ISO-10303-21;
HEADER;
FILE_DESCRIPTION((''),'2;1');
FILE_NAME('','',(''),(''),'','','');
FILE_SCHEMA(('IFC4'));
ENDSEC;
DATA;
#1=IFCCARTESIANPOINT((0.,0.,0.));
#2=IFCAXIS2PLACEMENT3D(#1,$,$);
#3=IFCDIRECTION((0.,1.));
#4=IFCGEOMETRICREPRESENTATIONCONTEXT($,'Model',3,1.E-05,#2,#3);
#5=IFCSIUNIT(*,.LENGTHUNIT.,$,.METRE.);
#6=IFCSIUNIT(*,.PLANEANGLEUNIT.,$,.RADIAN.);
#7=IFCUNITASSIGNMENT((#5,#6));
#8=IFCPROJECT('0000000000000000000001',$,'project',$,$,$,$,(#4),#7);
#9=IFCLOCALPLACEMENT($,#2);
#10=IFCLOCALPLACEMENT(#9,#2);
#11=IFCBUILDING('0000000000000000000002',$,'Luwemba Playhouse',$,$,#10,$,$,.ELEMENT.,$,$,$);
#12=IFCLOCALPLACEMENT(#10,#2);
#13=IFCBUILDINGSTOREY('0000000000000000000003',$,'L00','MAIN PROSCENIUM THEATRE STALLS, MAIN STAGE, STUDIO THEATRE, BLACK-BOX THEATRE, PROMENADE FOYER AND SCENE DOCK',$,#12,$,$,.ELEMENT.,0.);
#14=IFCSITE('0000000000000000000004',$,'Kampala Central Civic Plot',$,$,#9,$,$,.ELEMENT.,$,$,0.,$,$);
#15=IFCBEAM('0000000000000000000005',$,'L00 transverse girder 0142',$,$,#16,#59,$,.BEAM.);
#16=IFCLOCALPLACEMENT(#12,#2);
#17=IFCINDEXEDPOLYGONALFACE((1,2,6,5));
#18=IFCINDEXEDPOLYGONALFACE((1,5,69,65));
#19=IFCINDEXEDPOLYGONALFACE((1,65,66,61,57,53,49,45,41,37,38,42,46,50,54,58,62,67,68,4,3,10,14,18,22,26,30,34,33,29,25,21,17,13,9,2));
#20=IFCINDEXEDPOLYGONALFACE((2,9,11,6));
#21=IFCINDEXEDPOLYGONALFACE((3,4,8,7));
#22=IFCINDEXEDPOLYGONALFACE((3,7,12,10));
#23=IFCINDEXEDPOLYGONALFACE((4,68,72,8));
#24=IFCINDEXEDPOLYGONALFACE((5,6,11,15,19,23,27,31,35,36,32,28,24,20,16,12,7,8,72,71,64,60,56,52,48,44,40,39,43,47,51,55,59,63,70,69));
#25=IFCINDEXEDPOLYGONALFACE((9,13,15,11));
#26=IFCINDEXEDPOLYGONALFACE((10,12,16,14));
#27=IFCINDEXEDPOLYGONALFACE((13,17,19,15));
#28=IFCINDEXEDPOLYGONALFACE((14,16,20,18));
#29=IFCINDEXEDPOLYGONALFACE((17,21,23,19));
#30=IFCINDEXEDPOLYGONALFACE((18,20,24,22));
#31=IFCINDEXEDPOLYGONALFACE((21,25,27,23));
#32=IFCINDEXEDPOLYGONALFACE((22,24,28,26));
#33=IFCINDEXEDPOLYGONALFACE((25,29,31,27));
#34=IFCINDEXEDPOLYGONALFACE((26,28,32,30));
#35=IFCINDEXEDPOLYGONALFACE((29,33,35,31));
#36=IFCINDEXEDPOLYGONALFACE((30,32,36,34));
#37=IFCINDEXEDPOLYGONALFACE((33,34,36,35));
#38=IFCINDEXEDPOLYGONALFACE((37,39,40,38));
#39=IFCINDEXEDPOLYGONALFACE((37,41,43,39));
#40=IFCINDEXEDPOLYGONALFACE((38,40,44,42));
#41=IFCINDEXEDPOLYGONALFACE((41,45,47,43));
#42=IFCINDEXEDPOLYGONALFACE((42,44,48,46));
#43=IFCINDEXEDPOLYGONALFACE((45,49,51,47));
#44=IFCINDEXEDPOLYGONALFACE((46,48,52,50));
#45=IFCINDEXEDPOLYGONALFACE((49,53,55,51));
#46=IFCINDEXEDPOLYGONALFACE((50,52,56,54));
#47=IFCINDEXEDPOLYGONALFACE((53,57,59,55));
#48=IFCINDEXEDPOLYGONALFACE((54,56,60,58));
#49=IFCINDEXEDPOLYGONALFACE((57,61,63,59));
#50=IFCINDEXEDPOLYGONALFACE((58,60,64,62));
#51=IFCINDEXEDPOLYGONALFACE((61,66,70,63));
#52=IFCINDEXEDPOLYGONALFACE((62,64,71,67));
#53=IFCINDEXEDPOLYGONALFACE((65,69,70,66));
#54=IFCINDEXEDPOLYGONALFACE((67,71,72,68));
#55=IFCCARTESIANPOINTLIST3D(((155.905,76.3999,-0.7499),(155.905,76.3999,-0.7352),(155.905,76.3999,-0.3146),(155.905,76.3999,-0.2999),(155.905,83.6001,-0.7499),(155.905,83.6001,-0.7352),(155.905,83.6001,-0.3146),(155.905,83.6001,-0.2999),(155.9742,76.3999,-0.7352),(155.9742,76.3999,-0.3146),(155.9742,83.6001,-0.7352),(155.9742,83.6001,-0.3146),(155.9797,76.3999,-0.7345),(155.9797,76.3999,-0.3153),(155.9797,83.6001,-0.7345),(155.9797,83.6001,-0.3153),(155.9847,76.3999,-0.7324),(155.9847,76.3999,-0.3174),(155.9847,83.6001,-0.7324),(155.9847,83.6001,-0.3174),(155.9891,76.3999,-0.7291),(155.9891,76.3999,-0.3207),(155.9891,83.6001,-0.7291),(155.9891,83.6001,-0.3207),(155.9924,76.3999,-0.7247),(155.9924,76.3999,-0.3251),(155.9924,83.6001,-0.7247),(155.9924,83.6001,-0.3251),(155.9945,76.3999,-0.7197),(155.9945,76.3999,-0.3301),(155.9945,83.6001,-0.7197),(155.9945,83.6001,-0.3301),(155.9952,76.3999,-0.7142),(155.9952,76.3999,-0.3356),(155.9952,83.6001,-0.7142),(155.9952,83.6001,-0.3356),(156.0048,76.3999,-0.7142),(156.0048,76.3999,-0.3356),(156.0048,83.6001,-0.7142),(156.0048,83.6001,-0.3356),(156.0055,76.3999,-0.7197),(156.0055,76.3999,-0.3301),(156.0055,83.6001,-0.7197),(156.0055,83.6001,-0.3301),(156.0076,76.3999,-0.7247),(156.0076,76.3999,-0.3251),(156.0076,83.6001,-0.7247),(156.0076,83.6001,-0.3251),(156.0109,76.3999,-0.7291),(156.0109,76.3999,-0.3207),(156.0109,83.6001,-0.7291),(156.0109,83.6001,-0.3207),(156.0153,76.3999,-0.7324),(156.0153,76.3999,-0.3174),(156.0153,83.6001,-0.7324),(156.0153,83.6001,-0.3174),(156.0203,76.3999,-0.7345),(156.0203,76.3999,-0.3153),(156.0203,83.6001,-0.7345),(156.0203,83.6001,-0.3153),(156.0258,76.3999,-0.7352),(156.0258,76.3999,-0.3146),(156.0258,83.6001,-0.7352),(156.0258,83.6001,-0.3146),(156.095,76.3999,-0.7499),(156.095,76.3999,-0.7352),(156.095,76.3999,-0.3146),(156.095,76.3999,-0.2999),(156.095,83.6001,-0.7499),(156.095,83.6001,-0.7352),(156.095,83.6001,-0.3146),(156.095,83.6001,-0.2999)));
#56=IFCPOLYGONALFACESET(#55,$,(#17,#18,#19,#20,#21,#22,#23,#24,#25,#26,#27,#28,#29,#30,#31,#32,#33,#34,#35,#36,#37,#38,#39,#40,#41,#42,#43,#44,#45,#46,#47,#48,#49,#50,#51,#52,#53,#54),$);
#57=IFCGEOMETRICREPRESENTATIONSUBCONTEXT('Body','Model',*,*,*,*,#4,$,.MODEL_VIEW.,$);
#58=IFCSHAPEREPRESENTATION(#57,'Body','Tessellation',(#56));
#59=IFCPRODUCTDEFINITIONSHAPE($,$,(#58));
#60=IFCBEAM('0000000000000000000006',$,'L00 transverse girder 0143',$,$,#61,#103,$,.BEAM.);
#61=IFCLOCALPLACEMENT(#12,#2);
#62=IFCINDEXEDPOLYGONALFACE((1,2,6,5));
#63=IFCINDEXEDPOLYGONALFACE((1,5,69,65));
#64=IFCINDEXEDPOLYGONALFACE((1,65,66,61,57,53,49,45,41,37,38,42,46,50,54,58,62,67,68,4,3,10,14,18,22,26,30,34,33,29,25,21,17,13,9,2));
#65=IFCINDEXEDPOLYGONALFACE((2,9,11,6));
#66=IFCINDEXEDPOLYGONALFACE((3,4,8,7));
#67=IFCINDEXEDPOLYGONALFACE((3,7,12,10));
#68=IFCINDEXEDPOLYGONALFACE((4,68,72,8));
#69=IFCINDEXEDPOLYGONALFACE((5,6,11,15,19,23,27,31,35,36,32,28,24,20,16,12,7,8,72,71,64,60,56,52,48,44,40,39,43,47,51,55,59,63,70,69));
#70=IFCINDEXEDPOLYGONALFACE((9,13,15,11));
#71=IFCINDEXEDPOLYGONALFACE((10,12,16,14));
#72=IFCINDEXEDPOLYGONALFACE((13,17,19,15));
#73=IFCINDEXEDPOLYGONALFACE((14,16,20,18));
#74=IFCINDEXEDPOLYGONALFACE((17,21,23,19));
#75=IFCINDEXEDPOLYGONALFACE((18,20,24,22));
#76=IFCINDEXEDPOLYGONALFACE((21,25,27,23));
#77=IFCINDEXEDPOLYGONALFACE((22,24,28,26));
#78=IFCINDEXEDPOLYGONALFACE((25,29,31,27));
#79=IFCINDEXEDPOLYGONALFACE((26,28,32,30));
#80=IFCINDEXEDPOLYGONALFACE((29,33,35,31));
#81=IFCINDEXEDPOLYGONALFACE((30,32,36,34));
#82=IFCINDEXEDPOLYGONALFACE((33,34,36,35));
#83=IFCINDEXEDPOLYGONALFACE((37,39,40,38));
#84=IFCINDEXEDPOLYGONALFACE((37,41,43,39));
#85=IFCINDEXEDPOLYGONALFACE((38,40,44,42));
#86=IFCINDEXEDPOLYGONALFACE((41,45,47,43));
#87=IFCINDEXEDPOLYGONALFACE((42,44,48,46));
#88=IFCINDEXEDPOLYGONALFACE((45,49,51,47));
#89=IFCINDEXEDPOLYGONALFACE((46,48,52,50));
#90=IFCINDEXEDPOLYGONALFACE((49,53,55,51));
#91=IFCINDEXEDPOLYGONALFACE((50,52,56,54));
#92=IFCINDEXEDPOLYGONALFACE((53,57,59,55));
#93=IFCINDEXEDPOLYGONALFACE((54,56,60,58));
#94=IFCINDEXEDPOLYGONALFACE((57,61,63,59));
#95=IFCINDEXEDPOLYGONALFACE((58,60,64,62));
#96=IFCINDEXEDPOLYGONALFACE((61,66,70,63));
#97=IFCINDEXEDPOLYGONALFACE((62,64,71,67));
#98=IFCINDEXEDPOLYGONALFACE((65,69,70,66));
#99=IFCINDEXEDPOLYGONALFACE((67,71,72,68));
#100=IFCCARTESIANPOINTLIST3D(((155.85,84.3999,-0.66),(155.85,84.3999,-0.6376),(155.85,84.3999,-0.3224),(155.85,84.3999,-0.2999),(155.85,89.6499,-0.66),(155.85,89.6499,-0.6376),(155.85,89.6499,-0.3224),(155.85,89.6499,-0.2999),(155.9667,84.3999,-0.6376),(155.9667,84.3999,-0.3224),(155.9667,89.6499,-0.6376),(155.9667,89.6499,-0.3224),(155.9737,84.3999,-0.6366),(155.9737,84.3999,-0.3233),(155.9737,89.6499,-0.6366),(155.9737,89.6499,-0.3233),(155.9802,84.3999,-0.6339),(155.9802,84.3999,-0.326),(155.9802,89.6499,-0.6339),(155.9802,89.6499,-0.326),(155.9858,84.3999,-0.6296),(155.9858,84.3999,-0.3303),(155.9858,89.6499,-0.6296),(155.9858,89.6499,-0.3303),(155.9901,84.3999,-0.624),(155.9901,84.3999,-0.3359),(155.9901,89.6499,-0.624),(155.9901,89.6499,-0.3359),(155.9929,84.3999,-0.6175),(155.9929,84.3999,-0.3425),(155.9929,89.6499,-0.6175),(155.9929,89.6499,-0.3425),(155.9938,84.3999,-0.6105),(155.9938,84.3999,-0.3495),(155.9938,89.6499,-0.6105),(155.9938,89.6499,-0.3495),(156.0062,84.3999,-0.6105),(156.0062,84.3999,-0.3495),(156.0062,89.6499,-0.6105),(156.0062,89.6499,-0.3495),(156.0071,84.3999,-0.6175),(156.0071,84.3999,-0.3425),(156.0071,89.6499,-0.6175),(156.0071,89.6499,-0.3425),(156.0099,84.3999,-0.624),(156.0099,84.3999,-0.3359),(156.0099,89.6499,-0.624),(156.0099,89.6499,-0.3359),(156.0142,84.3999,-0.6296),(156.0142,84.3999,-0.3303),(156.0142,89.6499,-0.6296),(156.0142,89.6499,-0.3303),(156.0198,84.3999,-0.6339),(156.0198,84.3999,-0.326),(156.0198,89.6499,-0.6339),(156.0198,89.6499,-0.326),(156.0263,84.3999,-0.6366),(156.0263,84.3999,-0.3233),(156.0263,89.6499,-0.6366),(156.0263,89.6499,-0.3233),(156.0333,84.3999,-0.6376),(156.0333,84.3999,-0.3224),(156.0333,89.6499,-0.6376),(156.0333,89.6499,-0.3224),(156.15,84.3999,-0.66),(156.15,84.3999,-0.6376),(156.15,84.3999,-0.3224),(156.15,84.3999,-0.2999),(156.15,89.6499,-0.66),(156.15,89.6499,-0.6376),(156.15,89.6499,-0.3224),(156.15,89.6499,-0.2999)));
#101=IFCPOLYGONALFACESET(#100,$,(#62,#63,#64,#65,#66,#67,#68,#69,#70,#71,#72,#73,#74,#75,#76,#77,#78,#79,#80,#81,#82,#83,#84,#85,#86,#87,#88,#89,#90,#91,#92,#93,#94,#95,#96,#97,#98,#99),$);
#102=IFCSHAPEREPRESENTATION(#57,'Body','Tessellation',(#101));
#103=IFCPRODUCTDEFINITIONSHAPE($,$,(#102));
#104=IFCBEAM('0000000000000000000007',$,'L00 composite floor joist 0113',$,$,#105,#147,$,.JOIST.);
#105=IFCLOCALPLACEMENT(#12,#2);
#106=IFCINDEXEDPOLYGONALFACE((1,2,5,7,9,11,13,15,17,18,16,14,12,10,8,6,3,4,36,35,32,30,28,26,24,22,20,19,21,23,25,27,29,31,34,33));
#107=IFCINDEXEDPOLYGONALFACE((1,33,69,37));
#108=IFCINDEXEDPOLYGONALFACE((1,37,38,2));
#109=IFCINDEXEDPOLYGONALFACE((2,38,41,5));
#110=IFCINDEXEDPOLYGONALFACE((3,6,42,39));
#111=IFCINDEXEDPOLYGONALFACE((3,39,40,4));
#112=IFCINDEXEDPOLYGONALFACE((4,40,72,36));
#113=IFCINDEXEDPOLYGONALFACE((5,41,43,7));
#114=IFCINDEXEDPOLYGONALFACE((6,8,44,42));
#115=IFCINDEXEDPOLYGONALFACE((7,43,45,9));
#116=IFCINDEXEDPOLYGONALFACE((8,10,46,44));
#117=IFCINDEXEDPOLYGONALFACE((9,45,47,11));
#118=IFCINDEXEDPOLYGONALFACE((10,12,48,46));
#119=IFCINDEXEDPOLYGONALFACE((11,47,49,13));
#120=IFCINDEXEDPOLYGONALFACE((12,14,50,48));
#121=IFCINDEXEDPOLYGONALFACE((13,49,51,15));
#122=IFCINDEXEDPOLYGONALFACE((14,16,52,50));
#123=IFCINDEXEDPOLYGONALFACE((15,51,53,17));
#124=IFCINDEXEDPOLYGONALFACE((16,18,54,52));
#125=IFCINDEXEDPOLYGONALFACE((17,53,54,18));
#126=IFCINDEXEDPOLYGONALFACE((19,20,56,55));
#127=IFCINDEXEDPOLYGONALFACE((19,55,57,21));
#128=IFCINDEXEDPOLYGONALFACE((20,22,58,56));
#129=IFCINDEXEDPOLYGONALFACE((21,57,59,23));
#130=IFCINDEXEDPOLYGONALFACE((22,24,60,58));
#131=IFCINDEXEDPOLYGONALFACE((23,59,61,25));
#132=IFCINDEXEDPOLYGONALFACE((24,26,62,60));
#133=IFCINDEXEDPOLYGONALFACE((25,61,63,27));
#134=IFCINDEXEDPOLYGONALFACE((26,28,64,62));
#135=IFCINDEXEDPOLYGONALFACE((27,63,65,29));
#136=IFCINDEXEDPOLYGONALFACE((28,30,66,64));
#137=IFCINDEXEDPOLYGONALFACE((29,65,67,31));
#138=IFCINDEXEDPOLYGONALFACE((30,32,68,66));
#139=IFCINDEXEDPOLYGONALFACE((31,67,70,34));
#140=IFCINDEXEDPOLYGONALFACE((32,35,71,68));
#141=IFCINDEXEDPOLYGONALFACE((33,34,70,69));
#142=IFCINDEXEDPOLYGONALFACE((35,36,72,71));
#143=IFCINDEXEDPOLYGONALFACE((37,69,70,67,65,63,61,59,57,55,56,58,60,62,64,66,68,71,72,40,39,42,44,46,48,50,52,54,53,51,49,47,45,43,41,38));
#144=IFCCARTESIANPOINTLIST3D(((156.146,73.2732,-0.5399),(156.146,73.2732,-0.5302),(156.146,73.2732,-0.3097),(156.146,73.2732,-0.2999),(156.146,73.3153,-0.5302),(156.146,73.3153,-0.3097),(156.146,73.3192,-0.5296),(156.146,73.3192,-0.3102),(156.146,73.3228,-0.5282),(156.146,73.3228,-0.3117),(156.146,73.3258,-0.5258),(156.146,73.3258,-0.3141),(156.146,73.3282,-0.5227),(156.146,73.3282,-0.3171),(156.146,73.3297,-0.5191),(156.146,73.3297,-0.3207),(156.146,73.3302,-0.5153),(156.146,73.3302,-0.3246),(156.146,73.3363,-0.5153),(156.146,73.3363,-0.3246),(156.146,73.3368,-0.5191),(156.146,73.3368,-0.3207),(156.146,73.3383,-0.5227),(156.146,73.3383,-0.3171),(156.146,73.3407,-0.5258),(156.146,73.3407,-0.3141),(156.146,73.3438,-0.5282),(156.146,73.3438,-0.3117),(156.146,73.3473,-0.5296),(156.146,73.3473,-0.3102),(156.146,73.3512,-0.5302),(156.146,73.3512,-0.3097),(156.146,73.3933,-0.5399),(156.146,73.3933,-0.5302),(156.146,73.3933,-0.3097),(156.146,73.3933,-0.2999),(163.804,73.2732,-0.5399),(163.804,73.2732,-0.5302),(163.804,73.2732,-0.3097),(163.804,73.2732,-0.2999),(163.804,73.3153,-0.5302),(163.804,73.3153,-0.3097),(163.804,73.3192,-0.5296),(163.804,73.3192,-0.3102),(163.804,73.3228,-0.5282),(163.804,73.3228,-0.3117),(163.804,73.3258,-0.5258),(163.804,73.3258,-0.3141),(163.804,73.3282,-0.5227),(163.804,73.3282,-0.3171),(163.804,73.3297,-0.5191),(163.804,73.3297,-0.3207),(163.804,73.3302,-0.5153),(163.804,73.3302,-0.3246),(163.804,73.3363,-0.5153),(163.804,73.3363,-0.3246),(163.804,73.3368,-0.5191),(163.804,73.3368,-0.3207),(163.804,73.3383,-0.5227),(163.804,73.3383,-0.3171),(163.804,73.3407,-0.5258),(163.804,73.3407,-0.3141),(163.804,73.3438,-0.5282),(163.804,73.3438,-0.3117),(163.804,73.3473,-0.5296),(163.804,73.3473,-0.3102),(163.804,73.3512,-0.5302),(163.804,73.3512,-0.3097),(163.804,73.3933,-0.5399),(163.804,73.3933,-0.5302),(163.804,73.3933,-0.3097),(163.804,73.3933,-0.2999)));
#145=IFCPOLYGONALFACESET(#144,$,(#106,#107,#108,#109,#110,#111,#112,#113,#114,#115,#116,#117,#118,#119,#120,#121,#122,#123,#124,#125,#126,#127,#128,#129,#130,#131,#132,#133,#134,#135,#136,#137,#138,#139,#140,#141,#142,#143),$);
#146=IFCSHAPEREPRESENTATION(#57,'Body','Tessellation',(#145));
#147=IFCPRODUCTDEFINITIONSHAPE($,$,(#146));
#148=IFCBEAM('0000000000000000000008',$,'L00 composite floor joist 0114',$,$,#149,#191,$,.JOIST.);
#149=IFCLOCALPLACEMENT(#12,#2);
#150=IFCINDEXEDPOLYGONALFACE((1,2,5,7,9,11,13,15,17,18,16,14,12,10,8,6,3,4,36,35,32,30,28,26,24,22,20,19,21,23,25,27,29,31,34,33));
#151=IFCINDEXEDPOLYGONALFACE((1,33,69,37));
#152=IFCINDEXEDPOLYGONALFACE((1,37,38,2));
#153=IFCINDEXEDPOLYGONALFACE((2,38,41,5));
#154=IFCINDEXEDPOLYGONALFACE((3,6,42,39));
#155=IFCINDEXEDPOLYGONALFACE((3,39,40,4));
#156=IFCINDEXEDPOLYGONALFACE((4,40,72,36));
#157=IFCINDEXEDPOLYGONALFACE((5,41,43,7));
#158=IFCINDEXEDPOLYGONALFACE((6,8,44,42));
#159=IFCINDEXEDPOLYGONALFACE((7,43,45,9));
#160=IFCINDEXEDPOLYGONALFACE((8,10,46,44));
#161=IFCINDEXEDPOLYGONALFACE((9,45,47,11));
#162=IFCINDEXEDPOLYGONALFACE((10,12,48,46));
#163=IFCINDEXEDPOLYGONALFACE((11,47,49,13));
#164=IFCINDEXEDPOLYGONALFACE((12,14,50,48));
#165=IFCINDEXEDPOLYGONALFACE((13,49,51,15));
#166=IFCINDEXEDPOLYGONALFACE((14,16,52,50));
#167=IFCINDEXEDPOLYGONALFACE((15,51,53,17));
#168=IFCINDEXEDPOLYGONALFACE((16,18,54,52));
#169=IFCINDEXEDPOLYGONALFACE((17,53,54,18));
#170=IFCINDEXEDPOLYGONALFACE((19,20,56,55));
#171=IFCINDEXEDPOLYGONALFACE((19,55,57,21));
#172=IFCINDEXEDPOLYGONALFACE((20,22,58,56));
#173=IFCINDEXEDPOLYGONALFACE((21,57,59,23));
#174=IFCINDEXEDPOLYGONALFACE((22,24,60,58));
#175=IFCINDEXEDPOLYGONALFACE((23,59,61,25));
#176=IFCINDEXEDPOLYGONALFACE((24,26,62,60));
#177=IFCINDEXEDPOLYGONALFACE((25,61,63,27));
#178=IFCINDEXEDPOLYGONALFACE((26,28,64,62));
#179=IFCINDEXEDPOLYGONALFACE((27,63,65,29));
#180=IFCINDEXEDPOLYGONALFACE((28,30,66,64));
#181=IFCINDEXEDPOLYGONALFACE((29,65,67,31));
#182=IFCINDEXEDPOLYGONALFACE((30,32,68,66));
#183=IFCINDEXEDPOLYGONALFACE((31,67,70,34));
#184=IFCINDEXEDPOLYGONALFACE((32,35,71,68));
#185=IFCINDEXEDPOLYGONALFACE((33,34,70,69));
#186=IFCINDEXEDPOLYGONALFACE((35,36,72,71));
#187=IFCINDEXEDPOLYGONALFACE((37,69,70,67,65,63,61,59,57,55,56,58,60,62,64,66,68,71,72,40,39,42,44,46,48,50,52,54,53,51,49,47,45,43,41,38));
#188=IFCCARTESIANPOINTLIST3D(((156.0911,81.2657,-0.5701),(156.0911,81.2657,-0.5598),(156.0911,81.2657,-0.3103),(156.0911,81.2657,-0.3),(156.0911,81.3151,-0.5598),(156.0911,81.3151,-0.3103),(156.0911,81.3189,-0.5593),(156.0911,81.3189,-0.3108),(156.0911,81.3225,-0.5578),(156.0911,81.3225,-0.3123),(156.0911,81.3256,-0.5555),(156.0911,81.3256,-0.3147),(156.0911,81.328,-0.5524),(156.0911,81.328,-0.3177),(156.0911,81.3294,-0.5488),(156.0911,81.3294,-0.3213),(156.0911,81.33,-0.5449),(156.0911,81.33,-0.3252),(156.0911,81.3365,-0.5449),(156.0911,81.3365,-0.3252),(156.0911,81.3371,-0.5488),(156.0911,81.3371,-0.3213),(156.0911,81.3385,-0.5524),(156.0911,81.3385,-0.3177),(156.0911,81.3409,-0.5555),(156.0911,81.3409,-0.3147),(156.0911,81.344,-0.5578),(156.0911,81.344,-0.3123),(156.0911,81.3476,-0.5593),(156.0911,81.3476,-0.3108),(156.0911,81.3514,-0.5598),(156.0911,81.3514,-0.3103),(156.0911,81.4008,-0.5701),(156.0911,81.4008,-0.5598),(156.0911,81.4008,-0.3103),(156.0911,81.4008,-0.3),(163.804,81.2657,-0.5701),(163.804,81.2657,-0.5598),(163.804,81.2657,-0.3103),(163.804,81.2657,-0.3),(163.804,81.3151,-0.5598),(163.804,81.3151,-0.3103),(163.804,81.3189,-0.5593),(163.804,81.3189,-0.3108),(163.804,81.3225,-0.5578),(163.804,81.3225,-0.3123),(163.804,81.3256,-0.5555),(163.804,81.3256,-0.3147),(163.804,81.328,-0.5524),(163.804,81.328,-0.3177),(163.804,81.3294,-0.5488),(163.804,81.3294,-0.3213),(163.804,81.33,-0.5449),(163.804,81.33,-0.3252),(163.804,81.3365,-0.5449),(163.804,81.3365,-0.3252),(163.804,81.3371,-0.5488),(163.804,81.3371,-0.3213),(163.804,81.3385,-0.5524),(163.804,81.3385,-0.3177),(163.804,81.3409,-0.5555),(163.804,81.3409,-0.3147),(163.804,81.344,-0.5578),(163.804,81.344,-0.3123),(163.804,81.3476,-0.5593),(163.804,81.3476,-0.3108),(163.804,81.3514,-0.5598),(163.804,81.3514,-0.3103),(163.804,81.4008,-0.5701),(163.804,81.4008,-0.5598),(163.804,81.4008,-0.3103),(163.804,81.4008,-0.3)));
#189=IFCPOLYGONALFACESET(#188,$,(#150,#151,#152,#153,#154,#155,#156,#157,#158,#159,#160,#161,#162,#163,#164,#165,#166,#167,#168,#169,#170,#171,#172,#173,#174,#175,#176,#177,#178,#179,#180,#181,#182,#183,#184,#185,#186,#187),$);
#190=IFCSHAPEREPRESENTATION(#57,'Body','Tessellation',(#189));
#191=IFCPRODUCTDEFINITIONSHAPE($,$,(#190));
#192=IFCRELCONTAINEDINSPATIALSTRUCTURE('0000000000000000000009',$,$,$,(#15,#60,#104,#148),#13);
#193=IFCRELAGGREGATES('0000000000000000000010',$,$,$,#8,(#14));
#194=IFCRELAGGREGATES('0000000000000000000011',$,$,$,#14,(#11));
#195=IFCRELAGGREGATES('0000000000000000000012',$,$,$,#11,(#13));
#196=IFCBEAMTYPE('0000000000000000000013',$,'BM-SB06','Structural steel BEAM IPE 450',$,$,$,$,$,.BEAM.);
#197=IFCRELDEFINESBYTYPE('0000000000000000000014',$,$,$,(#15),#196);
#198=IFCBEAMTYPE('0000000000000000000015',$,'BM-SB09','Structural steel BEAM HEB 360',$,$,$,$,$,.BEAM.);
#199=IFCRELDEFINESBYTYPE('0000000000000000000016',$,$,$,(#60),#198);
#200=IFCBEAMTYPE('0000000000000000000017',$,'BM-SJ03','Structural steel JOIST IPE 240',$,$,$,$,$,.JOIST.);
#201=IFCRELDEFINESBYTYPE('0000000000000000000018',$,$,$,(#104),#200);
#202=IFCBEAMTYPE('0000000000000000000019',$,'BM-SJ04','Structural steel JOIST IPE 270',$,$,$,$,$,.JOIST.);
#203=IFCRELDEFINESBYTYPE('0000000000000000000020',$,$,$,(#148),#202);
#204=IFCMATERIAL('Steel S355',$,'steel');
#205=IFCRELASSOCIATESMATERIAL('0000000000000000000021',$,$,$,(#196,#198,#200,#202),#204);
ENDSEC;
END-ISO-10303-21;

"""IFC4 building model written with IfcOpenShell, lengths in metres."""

from ifc_helpers import new_model, si_unit, direction, frame, origin, origin_2d, place, context, subcontext, project, spatial, i_section, extrude, material, material_profile, profile_set, type_object, element, save


model = new_model("IFC4")

# Units and contexts
model_context = context("Model", 3, precision=1e-05, world=origin(), true_north=direction((0.0, 1.0)))
body_context = subcontext(model_context, "Body", "Model", "MODEL_VIEW")
ifc_project = project(units=[si_unit("LENGTHUNIT", "METRE"), si_unit("PLANEANGLEUNIT", "RADIAN")], contexts=[model_context])

# Site, building, storey
site_placement = place(None, origin())
site = spatial("IfcSite", under=ifc_project, at=site_placement, Name="Kampala Central Civic Plot", CompositionType="ELEMENT", RefElevation=0.0)
building_placement = place(site_placement, origin())
building = spatial("IfcBuilding", under=site, at=building_placement, Name="Luwemba Playhouse", CompositionType="ELEMENT")
storey_placement = place(building_placement, origin())
storey = spatial("IfcBuildingStorey", under=building, at=storey_placement, Name="L00", Description="MAIN PROSCENIUM THEATRE STALLS, MAIN STAGE, STUDIO THEATRE, BLACK-BOX THEATRE, PROMENADE FOYER AND SCENE DOCK", CompositionType="ELEMENT", Elevation=0.0)

# Beams
ifc_material_1 = material(Name="Steel S355", Category="steel")
ifc_material_profile_1 = material_profile(ifc_material_1, i_section(OverallWidth=0.1899, OverallDepth=0.45, WebThickness=0.0095, FlangeThickness=0.0146, FilletRadius=0.021, at=origin_2d()))
ifc_profile_set_1 = profile_set([ifc_material_profile_1], Name="Steel S355")
beam_type_1 = type_object("IfcBeamType", Name="BM-SB06", Description="Structural steel BEAM IPE 450", PredefinedType="BEAM", material=ifc_profile_set_1)
beam_1_placement = place(storey_placement, frame((156.0, 76.3999, -0.5249), z_axis=(0.0, 1.0, 0.0), x_axis=(-1.0, 0.0, 0.0)))
element("IfcBeam", 1, at=beam_1_placement, inside=storey, type_object=beam_type_1, Name="L00 transverse girder 0142", PredefinedType="BEAM", context=body_context, shape_type="SweptSolid", body=[
    extrude(i_section(OverallWidth=0.1899, OverallDepth=0.45, WebThickness=0.0095, FlangeThickness=0.0146, FilletRadius=0.021, at=origin_2d()), origin(), (0.0, 0.0, 1.0), 7.2002),
])
ifc_material_profile_2 = material_profile(ifc_material_1, i_section(OverallWidth=0.3, OverallDepth=0.3601, WebThickness=0.0125, FlangeThickness=0.0225, FilletRadius=0.0271, at=origin_2d()))
ifc_profile_set_2 = profile_set([ifc_material_profile_2], Name="Steel S355")
beam_type_2 = type_object("IfcBeamType", Name="BM-SB09", Description="Structural steel BEAM HEB 360", PredefinedType="BEAM", material=ifc_profile_set_2)
beam_2_placement = place(storey_placement, frame((156.0, 84.3999, -0.48), z_axis=(0.0, 1.0, 0.0), x_axis=(-1.0, 0.0, 0.0)))
element("IfcBeam", 2, at=beam_2_placement, inside=storey, type_object=beam_type_2, Name="L00 transverse girder 0143", PredefinedType="BEAM", context=body_context, shape_type="SweptSolid", body=[
    extrude(i_section(OverallWidth=0.3, OverallDepth=0.3601, WebThickness=0.0125, FlangeThickness=0.0225, FilletRadius=0.0271, at=origin_2d()), origin(), (0.0, 0.0, 1.0), 5.25),
])
ifc_material_profile_3 = material_profile(ifc_material_1, i_section(OverallWidth=0.1201, OverallDepth=0.24, WebThickness=0.0061, FlangeThickness=0.0098, FilletRadius=0.0149, at=origin_2d()))
ifc_profile_set_3 = profile_set([ifc_material_profile_3], Name="Steel S355")
beam_type_3 = type_object("IfcBeamType", Name="BM-SJ03", Description="Structural steel JOIST IPE 240", PredefinedType="JOIST", material=ifc_profile_set_3)
beam_3_placement = place(storey_placement, frame((156.146, 73.3333, -0.4199), z_axis=(1.0, 0.0, 0.0), x_axis=(0.0, 1.0, 0.0)))
element("IfcBeam", 3, at=beam_3_placement, inside=storey, type_object=beam_type_3, Name="L00 composite floor joist 0113", PredefinedType="JOIST", context=body_context, shape_type="SweptSolid", body=[
    extrude(i_section(OverallWidth=0.1201, OverallDepth=0.24, WebThickness=0.0061, FlangeThickness=0.0098, FilletRadius=0.0149, at=origin_2d()), origin(), (0.0, 0.0, 1.0), 7.658),
])
ifc_material_profile_4 = material_profile(ifc_material_1, i_section(OverallWidth=0.135, OverallDepth=0.27, WebThickness=0.0066, FlangeThickness=0.0103, FilletRadius=0.0149, at=origin_2d()))
ifc_profile_set_4 = profile_set([ifc_material_profile_4], Name="Steel S355")
beam_type_4 = type_object("IfcBeamType", Name="BM-SJ04", Description="Structural steel JOIST IPE 270", PredefinedType="JOIST", material=ifc_profile_set_4)
beam_4_placement = place(storey_placement, frame((156.0911, 81.3333, -0.4351), z_axis=(1.0, 0.0, 0.0), x_axis=(0.0, 1.0, 0.0)))
element("IfcBeam", 4, at=beam_4_placement, inside=storey, type_object=beam_type_4, Name="L00 composite floor joist 0114", PredefinedType="JOIST", context=body_context, shape_type="SweptSolid", body=[
    extrude(i_section(OverallWidth=0.135, OverallDepth=0.27, WebThickness=0.0066, FlangeThickness=0.0103, FilletRadius=0.0149, at=origin_2d()), origin(), (0.0, 0.0, 1.0), 7.7129),
])

save(model, "model.ifc")
